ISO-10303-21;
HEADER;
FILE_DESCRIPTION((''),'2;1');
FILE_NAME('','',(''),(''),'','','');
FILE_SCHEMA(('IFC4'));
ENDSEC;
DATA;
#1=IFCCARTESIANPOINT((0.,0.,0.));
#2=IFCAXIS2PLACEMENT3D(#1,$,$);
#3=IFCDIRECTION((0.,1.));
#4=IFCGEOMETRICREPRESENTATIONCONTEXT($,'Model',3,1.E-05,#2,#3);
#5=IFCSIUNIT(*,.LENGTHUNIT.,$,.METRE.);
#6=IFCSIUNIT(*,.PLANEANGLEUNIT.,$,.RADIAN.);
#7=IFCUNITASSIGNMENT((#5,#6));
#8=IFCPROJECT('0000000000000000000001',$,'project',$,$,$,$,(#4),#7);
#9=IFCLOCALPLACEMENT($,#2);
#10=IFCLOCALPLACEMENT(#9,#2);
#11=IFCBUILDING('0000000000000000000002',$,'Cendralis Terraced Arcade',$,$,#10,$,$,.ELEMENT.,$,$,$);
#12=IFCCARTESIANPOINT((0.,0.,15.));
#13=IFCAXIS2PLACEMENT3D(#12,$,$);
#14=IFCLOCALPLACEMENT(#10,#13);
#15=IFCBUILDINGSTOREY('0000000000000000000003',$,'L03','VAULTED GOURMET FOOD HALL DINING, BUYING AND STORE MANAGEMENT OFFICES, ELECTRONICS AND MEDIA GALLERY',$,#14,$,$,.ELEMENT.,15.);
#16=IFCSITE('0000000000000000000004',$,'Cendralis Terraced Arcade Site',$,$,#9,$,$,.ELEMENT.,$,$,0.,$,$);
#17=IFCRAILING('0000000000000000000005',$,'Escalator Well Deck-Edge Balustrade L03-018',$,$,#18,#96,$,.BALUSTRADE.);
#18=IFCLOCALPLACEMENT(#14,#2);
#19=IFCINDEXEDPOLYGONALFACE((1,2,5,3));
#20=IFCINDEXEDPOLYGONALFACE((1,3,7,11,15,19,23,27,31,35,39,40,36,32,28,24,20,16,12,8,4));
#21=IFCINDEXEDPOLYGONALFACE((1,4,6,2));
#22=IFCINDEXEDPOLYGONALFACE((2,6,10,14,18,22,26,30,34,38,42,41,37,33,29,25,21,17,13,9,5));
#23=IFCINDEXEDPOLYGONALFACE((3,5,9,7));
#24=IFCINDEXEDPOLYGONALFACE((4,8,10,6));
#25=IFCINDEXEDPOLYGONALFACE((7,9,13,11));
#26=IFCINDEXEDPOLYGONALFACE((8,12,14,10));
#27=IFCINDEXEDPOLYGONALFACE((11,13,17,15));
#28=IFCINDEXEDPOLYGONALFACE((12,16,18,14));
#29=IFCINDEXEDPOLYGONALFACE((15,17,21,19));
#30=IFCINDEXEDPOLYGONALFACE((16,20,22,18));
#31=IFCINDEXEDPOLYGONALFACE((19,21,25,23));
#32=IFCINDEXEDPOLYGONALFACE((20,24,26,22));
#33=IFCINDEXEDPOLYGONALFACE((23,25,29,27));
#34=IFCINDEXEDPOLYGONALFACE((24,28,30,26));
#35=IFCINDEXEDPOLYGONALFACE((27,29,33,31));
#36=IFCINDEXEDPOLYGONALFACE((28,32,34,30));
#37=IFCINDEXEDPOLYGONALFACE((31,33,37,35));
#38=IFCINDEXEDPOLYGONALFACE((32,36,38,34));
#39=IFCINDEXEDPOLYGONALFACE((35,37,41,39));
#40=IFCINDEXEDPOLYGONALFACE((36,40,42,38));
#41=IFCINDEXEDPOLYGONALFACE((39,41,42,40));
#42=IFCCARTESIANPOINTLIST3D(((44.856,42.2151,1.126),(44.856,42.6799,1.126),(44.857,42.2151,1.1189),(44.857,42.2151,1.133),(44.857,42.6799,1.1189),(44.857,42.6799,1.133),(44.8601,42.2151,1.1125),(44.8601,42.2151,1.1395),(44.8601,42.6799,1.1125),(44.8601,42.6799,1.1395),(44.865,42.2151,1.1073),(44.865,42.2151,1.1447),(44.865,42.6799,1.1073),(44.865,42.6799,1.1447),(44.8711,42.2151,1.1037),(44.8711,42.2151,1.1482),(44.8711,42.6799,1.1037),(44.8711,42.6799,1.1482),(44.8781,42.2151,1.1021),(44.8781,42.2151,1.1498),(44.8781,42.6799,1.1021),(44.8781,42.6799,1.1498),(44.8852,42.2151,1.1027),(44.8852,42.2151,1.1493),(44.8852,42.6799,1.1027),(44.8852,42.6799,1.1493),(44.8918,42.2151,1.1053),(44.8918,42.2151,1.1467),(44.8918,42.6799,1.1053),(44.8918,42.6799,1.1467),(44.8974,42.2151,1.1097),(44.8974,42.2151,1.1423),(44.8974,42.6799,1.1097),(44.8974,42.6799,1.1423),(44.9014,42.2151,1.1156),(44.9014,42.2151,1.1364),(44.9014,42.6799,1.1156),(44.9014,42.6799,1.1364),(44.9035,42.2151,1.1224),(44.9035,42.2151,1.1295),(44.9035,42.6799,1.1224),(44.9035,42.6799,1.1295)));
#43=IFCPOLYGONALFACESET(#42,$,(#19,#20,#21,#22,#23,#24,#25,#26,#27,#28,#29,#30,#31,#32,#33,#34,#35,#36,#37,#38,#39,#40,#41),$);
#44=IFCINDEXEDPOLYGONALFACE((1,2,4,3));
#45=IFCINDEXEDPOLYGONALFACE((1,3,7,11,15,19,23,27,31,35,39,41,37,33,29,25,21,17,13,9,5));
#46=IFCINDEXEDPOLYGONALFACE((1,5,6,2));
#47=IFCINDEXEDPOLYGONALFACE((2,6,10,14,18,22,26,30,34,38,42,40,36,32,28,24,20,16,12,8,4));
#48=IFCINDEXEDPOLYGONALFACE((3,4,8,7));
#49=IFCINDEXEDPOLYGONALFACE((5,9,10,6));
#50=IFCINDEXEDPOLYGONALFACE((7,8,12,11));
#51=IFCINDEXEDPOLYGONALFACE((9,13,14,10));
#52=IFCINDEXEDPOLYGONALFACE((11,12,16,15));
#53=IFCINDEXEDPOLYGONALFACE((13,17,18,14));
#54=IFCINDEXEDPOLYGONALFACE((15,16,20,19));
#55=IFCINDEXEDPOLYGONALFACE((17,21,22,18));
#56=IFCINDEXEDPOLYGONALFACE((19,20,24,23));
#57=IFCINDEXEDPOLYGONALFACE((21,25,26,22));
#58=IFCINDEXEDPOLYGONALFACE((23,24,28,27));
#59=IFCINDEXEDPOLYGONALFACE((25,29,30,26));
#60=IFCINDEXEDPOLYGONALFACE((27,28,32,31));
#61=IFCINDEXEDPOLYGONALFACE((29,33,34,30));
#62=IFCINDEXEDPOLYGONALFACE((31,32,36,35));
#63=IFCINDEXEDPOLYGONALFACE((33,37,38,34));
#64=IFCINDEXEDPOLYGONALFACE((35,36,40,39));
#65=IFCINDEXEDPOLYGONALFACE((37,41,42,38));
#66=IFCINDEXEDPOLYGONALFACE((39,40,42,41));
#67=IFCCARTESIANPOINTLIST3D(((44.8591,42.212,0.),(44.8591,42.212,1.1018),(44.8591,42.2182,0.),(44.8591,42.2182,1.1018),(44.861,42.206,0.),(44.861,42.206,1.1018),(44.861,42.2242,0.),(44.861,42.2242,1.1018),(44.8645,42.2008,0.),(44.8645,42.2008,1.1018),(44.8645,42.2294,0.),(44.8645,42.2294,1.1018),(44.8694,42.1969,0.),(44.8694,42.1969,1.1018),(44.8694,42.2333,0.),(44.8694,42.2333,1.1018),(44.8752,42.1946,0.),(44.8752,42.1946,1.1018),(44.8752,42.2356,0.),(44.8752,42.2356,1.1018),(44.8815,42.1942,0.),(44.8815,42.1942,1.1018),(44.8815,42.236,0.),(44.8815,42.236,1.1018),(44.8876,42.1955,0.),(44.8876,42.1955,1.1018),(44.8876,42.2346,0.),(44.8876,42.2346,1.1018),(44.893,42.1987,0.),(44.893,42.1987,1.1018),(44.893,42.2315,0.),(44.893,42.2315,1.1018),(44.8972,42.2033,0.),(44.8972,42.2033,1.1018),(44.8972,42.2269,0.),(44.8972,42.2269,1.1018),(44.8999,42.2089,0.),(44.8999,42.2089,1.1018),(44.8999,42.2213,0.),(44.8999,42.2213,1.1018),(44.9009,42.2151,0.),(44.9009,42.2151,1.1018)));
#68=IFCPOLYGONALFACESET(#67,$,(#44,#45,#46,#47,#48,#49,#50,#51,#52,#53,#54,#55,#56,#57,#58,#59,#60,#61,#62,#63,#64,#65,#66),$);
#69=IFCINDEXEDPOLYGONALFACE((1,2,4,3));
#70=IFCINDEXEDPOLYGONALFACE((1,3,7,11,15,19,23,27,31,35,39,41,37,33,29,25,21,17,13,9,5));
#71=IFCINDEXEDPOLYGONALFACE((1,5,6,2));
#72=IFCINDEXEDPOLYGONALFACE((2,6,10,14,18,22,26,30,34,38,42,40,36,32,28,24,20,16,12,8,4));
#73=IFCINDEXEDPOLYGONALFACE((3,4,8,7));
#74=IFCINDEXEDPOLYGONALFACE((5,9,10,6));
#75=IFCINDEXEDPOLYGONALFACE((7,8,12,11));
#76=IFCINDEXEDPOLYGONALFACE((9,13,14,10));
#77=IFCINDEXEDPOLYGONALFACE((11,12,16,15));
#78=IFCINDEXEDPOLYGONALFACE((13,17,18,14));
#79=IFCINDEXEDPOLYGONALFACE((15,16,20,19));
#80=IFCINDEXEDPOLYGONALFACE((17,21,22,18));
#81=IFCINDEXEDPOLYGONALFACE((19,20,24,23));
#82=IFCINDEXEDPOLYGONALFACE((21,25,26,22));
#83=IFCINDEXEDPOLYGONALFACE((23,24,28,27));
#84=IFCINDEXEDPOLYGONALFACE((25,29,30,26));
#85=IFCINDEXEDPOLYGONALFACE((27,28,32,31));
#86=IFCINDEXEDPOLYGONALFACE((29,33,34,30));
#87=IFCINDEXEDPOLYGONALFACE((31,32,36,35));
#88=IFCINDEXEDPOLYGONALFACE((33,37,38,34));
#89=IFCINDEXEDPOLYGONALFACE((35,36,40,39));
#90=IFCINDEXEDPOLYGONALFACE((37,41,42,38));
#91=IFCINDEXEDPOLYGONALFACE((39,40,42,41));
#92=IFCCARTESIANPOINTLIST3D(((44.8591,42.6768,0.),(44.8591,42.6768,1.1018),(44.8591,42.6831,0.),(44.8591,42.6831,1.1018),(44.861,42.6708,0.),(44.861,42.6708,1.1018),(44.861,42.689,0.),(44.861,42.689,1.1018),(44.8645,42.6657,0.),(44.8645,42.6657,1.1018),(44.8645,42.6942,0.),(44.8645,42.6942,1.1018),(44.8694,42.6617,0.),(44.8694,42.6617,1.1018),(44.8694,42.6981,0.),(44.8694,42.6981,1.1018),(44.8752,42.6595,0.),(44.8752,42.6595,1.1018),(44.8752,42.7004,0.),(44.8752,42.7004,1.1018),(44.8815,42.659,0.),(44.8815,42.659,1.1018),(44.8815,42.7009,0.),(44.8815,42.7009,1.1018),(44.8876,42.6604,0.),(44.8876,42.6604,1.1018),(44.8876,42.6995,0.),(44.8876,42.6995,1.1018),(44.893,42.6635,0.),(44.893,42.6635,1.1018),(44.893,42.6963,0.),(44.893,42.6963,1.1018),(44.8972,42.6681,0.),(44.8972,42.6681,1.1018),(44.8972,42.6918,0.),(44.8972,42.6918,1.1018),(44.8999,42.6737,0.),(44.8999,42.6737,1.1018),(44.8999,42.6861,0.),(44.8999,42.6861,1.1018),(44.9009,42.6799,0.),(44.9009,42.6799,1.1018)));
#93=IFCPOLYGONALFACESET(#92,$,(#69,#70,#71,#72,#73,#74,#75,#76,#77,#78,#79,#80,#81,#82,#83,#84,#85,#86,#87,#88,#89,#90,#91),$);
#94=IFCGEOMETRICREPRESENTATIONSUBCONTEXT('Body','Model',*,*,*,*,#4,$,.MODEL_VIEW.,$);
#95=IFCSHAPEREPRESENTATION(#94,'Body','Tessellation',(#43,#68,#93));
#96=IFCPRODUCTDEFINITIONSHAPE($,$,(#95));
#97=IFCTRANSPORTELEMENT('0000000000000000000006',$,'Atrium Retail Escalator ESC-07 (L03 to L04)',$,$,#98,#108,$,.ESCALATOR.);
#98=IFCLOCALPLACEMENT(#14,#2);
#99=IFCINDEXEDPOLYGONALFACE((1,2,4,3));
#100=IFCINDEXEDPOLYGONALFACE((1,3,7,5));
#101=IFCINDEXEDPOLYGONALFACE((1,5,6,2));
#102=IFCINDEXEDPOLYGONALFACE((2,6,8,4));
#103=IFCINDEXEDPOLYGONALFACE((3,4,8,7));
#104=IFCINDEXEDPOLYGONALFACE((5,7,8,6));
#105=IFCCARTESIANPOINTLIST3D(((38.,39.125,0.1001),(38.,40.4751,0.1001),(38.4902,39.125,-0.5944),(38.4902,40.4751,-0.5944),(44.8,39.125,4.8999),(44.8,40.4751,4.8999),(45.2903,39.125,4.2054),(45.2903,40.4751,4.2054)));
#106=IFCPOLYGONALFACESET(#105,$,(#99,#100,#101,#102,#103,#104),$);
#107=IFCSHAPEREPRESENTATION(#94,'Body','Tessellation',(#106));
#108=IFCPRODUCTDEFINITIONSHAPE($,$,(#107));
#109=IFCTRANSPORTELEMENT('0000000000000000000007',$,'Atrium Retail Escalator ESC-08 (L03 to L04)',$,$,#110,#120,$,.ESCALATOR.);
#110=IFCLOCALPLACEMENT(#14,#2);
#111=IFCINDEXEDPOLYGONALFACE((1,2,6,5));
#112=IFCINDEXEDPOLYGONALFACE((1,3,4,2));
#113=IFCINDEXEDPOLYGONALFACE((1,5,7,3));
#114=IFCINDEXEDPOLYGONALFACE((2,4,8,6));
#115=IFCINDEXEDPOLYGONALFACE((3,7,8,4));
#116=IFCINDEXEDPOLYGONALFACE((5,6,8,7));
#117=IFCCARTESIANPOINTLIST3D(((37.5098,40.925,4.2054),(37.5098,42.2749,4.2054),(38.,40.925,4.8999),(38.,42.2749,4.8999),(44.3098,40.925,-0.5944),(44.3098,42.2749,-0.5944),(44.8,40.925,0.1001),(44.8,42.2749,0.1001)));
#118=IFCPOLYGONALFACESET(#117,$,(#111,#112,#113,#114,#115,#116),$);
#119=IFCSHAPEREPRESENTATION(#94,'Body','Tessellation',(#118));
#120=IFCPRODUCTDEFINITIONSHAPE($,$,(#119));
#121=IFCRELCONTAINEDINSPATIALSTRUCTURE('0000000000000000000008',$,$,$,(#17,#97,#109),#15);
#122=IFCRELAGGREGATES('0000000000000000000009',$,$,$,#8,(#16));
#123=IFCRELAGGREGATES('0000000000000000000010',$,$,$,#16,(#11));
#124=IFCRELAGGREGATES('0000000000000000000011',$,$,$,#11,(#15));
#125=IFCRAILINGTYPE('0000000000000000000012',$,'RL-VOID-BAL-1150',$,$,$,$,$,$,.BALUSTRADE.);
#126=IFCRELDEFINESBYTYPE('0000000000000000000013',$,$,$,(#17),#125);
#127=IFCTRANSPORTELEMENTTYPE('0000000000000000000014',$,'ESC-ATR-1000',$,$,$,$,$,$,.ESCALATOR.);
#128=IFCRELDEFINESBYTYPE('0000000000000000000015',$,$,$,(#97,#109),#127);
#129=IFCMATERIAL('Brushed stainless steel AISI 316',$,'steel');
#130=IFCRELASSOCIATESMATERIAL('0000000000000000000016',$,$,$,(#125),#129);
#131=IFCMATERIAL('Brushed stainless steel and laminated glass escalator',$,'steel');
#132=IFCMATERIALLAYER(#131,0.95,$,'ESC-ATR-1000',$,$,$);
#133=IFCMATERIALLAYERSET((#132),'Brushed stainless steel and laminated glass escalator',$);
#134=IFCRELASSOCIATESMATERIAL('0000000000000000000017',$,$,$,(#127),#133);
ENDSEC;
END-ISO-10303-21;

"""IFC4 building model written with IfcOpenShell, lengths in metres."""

from ifc_helpers import new_model, si_unit, direction, frame, origin, origin_2d, place, context, subcontext, project, spatial, polyline, circle, outline, extrude, material, layer, layer_set, type_object, element, save


model = new_model("IFC4")

# Units and contexts
model_context = context("Model", 3, precision=1e-05, world=origin(), true_north=direction((0.0, 1.0)))
body_context = subcontext(model_context, "Body", "Model", "MODEL_VIEW")
ifc_project = project(units=[si_unit("LENGTHUNIT", "METRE"), si_unit("PLANEANGLEUNIT", "RADIAN")], contexts=[model_context])

# Site, building, storey
site_placement = place(None, origin())
site = spatial("IfcSite", under=ifc_project, at=site_placement, Name="Cendralis Terraced Arcade Site", CompositionType="ELEMENT", RefElevation=0.0)
building_placement = place(site_placement, origin())
building = spatial("IfcBuilding", under=site, at=building_placement, Name="Cendralis Terraced Arcade", CompositionType="ELEMENT")
storey_placement = place(building_placement, frame((0.0, 0.0, 15.0)))
storey = spatial("IfcBuildingStorey", under=building, at=storey_placement, Name="L03", Description="VAULTED GOURMET FOOD HALL DINING, BUYING AND STORE MANAGEMENT OFFICES, ELECTRONICS AND MEDIA GALLERY", CompositionType="ELEMENT", Elevation=15.0)

# Railing
ifc_material_1 = material(Name="Brushed stainless steel AISI 316", Category="steel")
railing_type_1 = type_object("IfcRailingType", Name="RL-VOID-BAL-1150", PredefinedType="BALUSTRADE", material=ifc_material_1)
railing_1_placement = place(storey_placement, frame((44.8799, 42.2151, 0.0)))
element("IfcRailing", 1, at=railing_1_placement, inside=storey, type_object=railing_type_1, Name="Escalator Well Deck-Edge Balustrade L03-018", PredefinedType="BALUSTRADE", context=body_context, shape_type="SweptSolid", body=[
    extrude(circle(Radius=0.0239, at=origin_2d()), frame((0.0, 0.0, 1.126), z_axis=(0.0, 1.0, 0.0), x_axis=(-1.0, 0.0, 0.0)), (0.0, 0.0, 1.0), 0.4648),
    extrude(circle(Radius=0.021, at=origin_2d()), origin(), (0.0, 0.0, 1.0), 1.1018),
    extrude(circle(Radius=0.021, at=origin_2d()), frame((0.0, 0.4648, 0.0)), (0.0, 0.0, 1.0), 1.1018),
])

# Transport elements
ifc_material_2 = material(Name="Brushed stainless steel and laminated glass escalator", Category="steel")
ifc_layer_1 = layer(ifc_material_2, 0.95, Name="ESC-ATR-1000")
ifc_layer_set_1 = layer_set([ifc_layer_1], Name="Brushed stainless steel and laminated glass escalator")
transport_element_type = type_object("IfcTransportElementType", Name="ESC-ATR-1000", PredefinedType="ESCALATOR", material=ifc_layer_set_1)
transport_element_1_placement = place(storey_placement, frame((38.0, 39.125, 0.1001), z_axis=(-0.576665, 0.0, 0.816981), x_axis=(0.816981, 0.0, 0.576665)))
element("IfcTransportElement", 2, at=transport_element_1_placement, inside=storey, type_object=transport_element_type, Name="Atrium Retail Escalator ESC-07 (L03 to L04)", PredefinedType="ESCALATOR", context=body_context, shape_type="SweptSolid", body=[
    extrude(outline(polyline([(0.0, 0.0), (8.3234, 0.0), (8.3234, 1.3501), (0.0, 1.3501), (0.0, 0.0)])), origin(), (0.0, 0.0, -1.0), 0.8501),
])
transport_element_2_placement = place(storey_placement, frame((44.8, 40.925, 0.1001), z_axis=(0.576665, 0.0, 0.816981), x_axis=(-0.816981, 0.0, 0.576665)))
element("IfcTransportElement", 3, at=transport_element_2_placement, inside=storey, type_object=transport_element_type, Name="Atrium Retail Escalator ESC-08 (L03 to L04)", PredefinedType="ESCALATOR", context=body_context, shape_type="SweptSolid", body=[
    extrude(outline(polyline([(0.0, 0.0), (8.3234, 0.0), (8.3234, -1.3499), (0.0, -1.3499), (0.0, 0.0)])), origin(), (0.0, 0.0, -1.0), 0.8501),
])

save(model, "model.ifc")
